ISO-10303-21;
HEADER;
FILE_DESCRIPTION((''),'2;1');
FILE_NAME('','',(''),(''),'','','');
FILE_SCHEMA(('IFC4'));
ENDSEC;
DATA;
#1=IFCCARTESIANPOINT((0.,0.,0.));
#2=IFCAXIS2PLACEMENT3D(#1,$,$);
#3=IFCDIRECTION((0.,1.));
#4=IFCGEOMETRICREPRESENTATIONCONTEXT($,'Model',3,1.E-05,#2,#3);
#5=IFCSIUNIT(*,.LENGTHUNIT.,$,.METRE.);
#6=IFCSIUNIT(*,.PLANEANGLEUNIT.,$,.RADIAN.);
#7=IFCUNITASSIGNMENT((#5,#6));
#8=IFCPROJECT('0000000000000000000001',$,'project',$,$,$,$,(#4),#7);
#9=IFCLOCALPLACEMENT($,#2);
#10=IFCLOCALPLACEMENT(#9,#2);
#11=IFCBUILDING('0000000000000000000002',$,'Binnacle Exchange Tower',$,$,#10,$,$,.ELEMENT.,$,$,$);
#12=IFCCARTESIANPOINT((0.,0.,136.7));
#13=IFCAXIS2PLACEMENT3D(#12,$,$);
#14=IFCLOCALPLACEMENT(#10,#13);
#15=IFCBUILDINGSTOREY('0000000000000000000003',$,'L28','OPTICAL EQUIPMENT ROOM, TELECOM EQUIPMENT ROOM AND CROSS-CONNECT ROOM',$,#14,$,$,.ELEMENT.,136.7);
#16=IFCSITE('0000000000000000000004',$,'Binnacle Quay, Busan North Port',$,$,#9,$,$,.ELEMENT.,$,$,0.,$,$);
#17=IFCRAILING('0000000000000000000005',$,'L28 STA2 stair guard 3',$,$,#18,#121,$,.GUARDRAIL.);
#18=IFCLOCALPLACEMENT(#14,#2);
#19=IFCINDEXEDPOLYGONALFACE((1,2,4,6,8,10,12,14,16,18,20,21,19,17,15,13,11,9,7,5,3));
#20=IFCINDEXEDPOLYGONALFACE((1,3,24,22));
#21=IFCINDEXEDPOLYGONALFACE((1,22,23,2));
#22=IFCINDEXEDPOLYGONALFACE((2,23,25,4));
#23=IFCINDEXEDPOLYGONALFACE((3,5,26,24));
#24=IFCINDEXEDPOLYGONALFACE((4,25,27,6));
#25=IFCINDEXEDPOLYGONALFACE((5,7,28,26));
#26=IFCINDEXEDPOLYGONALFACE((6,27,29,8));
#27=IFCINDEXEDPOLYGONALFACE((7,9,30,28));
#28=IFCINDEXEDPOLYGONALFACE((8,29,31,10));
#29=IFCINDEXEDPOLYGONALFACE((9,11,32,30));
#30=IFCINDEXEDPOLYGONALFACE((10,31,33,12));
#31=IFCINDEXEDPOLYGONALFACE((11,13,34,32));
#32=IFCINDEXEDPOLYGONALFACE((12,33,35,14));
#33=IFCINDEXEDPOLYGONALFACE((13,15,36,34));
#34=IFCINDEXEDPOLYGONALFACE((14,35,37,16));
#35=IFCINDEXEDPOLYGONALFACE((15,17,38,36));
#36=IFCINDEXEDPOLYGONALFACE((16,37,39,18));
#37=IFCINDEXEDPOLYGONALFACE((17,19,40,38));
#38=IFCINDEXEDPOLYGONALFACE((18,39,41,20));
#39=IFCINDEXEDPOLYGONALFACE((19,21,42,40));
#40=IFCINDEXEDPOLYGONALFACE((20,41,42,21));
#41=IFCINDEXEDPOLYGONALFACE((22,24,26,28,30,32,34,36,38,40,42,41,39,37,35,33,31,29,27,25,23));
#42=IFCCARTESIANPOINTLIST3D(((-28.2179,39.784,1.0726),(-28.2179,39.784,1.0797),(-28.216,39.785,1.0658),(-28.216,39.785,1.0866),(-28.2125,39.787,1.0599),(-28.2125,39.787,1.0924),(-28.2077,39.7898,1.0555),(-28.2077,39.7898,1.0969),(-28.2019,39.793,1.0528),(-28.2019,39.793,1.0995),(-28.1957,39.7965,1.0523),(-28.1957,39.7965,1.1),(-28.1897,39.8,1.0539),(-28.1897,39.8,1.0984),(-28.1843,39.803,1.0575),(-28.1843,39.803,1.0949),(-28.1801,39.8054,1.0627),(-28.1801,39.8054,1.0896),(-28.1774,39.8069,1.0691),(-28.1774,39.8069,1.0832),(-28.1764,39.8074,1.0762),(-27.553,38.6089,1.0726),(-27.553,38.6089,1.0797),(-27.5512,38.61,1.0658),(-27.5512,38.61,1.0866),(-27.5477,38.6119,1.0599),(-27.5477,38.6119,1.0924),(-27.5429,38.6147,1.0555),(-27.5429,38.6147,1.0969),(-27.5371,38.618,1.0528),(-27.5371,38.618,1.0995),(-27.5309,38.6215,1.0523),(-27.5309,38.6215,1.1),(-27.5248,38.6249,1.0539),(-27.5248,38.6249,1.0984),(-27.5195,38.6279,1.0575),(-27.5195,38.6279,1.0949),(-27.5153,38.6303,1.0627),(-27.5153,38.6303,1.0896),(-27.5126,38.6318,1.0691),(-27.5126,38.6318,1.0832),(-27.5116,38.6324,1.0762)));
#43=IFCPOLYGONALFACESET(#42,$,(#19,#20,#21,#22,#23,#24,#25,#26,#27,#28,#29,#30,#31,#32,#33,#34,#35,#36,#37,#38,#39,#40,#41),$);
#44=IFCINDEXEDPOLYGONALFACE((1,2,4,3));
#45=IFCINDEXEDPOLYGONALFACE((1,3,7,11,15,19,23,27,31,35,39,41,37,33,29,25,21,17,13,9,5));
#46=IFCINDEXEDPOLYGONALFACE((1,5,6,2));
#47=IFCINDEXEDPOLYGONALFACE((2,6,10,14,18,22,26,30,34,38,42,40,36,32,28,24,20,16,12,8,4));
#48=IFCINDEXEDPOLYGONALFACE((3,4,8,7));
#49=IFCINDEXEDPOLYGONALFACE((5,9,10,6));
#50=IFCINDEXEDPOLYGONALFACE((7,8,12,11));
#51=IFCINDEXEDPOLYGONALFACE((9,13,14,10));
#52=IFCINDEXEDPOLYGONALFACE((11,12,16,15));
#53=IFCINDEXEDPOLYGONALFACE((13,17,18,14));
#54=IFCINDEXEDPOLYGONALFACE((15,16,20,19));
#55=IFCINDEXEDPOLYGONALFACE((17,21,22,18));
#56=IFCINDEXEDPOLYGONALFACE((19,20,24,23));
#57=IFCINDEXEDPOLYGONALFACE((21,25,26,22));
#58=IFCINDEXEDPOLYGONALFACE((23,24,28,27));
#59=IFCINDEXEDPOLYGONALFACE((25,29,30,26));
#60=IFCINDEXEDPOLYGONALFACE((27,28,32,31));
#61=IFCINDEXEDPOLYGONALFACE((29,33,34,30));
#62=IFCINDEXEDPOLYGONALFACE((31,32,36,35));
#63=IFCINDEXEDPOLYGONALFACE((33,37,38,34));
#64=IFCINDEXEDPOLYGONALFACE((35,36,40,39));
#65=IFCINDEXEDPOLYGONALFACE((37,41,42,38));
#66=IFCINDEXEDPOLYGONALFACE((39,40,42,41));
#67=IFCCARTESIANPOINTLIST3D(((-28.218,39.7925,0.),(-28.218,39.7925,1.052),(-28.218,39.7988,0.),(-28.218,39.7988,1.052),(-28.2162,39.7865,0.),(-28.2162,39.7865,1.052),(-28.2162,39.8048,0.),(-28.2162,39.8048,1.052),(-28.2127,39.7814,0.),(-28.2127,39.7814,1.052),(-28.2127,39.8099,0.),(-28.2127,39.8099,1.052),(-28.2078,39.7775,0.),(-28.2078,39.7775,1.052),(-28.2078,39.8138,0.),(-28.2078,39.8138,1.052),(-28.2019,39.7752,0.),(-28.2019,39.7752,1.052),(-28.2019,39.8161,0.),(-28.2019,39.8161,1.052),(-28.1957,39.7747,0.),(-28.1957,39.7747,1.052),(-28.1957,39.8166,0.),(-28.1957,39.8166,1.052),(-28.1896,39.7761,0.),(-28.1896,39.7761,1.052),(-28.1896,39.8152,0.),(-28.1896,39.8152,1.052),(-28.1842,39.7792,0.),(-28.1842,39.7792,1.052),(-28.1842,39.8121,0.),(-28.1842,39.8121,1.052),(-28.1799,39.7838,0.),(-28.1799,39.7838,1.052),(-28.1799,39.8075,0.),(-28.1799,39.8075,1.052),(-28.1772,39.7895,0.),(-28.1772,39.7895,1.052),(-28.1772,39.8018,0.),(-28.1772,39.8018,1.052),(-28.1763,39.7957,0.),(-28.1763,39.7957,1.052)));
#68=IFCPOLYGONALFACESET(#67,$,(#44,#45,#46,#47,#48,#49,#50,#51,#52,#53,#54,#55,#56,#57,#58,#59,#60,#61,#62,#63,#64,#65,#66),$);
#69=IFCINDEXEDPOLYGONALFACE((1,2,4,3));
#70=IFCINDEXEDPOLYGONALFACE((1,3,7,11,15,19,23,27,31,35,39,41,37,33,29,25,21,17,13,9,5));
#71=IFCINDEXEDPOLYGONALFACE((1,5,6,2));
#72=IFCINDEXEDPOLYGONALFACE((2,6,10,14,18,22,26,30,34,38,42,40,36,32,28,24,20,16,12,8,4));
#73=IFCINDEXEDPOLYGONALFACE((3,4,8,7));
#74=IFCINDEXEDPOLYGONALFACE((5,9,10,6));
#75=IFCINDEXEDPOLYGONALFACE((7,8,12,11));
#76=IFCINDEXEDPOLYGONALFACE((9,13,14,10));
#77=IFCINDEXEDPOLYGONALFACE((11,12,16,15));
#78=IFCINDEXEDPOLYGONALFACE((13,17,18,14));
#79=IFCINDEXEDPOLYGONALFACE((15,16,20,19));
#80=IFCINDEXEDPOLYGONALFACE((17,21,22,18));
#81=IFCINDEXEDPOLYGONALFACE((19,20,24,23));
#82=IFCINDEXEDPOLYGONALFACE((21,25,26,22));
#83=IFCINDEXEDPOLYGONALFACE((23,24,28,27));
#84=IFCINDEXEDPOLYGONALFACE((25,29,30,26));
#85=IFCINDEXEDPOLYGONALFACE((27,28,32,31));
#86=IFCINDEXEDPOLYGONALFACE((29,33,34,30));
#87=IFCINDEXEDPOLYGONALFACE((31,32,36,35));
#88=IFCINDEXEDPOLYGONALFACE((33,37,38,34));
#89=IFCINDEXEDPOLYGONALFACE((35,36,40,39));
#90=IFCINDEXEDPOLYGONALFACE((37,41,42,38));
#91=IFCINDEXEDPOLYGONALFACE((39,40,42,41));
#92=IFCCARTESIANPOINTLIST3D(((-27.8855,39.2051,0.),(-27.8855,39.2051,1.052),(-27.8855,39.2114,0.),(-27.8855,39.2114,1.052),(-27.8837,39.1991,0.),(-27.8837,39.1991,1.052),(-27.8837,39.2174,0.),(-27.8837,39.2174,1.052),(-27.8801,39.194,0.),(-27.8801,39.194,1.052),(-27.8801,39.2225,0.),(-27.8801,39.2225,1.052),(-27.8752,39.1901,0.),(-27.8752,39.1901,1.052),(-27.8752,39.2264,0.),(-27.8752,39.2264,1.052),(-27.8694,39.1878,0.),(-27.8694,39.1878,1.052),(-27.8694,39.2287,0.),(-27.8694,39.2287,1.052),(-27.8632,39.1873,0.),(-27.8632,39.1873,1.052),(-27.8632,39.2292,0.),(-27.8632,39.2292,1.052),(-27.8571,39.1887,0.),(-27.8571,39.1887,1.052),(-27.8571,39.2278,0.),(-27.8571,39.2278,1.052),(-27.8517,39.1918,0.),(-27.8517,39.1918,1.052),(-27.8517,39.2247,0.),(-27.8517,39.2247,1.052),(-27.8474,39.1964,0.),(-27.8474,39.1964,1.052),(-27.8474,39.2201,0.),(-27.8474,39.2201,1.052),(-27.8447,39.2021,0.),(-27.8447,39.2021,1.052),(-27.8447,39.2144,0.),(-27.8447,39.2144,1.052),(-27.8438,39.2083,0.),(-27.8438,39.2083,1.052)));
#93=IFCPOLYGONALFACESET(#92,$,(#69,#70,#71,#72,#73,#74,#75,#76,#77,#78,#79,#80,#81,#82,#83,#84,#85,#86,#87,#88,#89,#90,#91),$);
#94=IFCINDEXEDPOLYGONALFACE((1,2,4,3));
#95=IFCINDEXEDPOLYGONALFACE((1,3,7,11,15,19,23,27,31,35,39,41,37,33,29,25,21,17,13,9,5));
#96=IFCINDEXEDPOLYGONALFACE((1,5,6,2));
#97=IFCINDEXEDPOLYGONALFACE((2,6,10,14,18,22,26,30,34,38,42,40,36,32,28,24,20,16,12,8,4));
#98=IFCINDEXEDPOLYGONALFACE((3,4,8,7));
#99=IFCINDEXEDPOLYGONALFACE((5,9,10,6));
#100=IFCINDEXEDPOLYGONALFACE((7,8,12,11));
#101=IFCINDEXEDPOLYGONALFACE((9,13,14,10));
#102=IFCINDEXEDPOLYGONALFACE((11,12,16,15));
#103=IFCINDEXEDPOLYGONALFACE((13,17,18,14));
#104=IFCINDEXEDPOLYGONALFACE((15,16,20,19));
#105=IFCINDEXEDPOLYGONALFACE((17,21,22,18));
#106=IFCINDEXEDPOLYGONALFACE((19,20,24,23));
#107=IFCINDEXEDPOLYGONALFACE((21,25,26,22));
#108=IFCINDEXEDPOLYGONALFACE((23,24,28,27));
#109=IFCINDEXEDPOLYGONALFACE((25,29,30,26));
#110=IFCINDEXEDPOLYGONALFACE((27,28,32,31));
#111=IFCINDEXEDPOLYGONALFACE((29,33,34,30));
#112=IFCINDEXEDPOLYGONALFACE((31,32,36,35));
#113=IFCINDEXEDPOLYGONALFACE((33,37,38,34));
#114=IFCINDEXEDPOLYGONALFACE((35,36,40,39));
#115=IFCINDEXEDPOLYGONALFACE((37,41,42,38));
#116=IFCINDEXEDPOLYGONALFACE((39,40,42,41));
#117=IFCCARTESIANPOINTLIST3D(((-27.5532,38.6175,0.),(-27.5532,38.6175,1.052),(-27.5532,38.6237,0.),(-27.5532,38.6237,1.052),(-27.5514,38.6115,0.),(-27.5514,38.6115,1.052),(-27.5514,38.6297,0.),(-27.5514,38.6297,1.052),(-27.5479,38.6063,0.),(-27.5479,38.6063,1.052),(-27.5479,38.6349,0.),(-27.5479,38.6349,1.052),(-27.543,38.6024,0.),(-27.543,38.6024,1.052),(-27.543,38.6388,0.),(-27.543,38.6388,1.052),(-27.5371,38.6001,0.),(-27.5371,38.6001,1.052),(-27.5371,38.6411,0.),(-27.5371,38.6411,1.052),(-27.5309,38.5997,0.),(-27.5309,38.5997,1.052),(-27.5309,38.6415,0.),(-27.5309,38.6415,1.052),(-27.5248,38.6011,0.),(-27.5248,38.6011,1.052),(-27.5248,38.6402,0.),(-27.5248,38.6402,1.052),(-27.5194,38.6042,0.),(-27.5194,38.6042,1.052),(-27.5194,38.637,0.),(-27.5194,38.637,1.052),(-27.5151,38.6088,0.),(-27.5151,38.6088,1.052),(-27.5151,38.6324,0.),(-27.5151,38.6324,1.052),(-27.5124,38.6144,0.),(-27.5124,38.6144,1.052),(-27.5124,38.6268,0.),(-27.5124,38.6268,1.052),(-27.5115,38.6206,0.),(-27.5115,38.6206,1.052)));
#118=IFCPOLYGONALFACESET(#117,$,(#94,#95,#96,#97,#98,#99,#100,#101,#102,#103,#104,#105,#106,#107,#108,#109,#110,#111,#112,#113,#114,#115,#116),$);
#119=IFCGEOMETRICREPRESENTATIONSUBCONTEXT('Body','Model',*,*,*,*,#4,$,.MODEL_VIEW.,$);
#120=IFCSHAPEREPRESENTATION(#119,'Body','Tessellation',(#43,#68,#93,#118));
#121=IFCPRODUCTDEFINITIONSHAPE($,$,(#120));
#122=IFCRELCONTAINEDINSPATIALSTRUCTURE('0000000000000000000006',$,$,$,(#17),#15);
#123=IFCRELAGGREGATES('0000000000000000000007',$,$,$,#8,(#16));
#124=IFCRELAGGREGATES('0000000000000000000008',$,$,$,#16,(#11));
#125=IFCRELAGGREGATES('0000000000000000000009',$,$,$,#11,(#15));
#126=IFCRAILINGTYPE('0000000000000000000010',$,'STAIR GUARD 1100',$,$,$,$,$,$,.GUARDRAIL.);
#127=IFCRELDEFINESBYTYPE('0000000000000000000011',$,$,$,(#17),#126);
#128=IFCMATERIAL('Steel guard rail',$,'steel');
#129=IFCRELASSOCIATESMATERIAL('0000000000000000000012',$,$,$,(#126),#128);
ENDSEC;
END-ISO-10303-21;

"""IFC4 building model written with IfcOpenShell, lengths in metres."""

from ifc_helpers import new_model, si_unit, direction, frame, origin, origin_2d, place, context, subcontext, project, spatial, circle, extrude, material, type_object, element, save


model = new_model("IFC4")

# Units and contexts
model_context = context("Model", 3, precision=1e-05, world=origin(), true_north=direction((0.0, 1.0)))
body_context = subcontext(model_context, "Body", "Model", "MODEL_VIEW")
ifc_project = project(units=[si_unit("LENGTHUNIT", "METRE"), si_unit("PLANEANGLEUNIT", "RADIAN")], contexts=[model_context])

# Site, building, storey
site_placement = place(None, origin())
site = spatial("IfcSite", under=ifc_project, at=site_placement, Name="Binnacle Quay, Busan North Port", CompositionType="ELEMENT", RefElevation=0.0)
building_placement = place(site_placement, origin())
building = spatial("IfcBuilding", under=site, at=building_placement, Name="Binnacle Exchange Tower", CompositionType="ELEMENT")
storey_placement = place(building_placement, frame((0.0, 0.0, 136.7)))
storey = spatial("IfcBuildingStorey", under=building, at=storey_placement, Name="L28", Description="OPTICAL EQUIPMENT ROOM, TELECOM EQUIPMENT ROOM AND CROSS-CONNECT ROOM", CompositionType="ELEMENT", Elevation=136.7)

# Railing
ifc_material_1 = material(Name="Steel guard rail", Category="steel")
railing_type_1 = type_object("IfcRailingType", Name="STAIR GUARD 1100", PredefinedType="GUARDRAIL", material=ifc_material_1)
railing_1_placement = place(storey_placement, frame((-28.1973, 39.7957, 0.0)))
element("IfcRailing", 1, at=railing_1_placement, inside=storey, type_object=railing_type_1, Name="L28 STA2 stair guard 3", PredefinedType="GUARDRAIL", context=body_context, shape_type="SweptSolid", body=[
    extrude(circle(Radius=0.0239, at=origin_2d()), frame((0.0, 0.0, 1.0762), z_axis=(0.492415, -0.870361, 0.0), x_axis=(0.870361, 0.492415, 0.0)), (0.0, 0.0, 1.0), 1.3501),
    extrude(circle(Radius=0.021, at=origin_2d()), origin(), (0.0, 0.0, 1.0), 1.052),
    extrude(circle(Radius=0.021, at=origin_2d()), frame((0.3325, -0.5874, 0.0)), (0.0, 0.0, 1.0), 1.052),
    extrude(circle(Radius=0.021, at=origin_2d()), frame((0.6648, -1.175, 0.0)), (0.0, 0.0, 1.0), 1.052),
])

save(model, "model.ifc")
